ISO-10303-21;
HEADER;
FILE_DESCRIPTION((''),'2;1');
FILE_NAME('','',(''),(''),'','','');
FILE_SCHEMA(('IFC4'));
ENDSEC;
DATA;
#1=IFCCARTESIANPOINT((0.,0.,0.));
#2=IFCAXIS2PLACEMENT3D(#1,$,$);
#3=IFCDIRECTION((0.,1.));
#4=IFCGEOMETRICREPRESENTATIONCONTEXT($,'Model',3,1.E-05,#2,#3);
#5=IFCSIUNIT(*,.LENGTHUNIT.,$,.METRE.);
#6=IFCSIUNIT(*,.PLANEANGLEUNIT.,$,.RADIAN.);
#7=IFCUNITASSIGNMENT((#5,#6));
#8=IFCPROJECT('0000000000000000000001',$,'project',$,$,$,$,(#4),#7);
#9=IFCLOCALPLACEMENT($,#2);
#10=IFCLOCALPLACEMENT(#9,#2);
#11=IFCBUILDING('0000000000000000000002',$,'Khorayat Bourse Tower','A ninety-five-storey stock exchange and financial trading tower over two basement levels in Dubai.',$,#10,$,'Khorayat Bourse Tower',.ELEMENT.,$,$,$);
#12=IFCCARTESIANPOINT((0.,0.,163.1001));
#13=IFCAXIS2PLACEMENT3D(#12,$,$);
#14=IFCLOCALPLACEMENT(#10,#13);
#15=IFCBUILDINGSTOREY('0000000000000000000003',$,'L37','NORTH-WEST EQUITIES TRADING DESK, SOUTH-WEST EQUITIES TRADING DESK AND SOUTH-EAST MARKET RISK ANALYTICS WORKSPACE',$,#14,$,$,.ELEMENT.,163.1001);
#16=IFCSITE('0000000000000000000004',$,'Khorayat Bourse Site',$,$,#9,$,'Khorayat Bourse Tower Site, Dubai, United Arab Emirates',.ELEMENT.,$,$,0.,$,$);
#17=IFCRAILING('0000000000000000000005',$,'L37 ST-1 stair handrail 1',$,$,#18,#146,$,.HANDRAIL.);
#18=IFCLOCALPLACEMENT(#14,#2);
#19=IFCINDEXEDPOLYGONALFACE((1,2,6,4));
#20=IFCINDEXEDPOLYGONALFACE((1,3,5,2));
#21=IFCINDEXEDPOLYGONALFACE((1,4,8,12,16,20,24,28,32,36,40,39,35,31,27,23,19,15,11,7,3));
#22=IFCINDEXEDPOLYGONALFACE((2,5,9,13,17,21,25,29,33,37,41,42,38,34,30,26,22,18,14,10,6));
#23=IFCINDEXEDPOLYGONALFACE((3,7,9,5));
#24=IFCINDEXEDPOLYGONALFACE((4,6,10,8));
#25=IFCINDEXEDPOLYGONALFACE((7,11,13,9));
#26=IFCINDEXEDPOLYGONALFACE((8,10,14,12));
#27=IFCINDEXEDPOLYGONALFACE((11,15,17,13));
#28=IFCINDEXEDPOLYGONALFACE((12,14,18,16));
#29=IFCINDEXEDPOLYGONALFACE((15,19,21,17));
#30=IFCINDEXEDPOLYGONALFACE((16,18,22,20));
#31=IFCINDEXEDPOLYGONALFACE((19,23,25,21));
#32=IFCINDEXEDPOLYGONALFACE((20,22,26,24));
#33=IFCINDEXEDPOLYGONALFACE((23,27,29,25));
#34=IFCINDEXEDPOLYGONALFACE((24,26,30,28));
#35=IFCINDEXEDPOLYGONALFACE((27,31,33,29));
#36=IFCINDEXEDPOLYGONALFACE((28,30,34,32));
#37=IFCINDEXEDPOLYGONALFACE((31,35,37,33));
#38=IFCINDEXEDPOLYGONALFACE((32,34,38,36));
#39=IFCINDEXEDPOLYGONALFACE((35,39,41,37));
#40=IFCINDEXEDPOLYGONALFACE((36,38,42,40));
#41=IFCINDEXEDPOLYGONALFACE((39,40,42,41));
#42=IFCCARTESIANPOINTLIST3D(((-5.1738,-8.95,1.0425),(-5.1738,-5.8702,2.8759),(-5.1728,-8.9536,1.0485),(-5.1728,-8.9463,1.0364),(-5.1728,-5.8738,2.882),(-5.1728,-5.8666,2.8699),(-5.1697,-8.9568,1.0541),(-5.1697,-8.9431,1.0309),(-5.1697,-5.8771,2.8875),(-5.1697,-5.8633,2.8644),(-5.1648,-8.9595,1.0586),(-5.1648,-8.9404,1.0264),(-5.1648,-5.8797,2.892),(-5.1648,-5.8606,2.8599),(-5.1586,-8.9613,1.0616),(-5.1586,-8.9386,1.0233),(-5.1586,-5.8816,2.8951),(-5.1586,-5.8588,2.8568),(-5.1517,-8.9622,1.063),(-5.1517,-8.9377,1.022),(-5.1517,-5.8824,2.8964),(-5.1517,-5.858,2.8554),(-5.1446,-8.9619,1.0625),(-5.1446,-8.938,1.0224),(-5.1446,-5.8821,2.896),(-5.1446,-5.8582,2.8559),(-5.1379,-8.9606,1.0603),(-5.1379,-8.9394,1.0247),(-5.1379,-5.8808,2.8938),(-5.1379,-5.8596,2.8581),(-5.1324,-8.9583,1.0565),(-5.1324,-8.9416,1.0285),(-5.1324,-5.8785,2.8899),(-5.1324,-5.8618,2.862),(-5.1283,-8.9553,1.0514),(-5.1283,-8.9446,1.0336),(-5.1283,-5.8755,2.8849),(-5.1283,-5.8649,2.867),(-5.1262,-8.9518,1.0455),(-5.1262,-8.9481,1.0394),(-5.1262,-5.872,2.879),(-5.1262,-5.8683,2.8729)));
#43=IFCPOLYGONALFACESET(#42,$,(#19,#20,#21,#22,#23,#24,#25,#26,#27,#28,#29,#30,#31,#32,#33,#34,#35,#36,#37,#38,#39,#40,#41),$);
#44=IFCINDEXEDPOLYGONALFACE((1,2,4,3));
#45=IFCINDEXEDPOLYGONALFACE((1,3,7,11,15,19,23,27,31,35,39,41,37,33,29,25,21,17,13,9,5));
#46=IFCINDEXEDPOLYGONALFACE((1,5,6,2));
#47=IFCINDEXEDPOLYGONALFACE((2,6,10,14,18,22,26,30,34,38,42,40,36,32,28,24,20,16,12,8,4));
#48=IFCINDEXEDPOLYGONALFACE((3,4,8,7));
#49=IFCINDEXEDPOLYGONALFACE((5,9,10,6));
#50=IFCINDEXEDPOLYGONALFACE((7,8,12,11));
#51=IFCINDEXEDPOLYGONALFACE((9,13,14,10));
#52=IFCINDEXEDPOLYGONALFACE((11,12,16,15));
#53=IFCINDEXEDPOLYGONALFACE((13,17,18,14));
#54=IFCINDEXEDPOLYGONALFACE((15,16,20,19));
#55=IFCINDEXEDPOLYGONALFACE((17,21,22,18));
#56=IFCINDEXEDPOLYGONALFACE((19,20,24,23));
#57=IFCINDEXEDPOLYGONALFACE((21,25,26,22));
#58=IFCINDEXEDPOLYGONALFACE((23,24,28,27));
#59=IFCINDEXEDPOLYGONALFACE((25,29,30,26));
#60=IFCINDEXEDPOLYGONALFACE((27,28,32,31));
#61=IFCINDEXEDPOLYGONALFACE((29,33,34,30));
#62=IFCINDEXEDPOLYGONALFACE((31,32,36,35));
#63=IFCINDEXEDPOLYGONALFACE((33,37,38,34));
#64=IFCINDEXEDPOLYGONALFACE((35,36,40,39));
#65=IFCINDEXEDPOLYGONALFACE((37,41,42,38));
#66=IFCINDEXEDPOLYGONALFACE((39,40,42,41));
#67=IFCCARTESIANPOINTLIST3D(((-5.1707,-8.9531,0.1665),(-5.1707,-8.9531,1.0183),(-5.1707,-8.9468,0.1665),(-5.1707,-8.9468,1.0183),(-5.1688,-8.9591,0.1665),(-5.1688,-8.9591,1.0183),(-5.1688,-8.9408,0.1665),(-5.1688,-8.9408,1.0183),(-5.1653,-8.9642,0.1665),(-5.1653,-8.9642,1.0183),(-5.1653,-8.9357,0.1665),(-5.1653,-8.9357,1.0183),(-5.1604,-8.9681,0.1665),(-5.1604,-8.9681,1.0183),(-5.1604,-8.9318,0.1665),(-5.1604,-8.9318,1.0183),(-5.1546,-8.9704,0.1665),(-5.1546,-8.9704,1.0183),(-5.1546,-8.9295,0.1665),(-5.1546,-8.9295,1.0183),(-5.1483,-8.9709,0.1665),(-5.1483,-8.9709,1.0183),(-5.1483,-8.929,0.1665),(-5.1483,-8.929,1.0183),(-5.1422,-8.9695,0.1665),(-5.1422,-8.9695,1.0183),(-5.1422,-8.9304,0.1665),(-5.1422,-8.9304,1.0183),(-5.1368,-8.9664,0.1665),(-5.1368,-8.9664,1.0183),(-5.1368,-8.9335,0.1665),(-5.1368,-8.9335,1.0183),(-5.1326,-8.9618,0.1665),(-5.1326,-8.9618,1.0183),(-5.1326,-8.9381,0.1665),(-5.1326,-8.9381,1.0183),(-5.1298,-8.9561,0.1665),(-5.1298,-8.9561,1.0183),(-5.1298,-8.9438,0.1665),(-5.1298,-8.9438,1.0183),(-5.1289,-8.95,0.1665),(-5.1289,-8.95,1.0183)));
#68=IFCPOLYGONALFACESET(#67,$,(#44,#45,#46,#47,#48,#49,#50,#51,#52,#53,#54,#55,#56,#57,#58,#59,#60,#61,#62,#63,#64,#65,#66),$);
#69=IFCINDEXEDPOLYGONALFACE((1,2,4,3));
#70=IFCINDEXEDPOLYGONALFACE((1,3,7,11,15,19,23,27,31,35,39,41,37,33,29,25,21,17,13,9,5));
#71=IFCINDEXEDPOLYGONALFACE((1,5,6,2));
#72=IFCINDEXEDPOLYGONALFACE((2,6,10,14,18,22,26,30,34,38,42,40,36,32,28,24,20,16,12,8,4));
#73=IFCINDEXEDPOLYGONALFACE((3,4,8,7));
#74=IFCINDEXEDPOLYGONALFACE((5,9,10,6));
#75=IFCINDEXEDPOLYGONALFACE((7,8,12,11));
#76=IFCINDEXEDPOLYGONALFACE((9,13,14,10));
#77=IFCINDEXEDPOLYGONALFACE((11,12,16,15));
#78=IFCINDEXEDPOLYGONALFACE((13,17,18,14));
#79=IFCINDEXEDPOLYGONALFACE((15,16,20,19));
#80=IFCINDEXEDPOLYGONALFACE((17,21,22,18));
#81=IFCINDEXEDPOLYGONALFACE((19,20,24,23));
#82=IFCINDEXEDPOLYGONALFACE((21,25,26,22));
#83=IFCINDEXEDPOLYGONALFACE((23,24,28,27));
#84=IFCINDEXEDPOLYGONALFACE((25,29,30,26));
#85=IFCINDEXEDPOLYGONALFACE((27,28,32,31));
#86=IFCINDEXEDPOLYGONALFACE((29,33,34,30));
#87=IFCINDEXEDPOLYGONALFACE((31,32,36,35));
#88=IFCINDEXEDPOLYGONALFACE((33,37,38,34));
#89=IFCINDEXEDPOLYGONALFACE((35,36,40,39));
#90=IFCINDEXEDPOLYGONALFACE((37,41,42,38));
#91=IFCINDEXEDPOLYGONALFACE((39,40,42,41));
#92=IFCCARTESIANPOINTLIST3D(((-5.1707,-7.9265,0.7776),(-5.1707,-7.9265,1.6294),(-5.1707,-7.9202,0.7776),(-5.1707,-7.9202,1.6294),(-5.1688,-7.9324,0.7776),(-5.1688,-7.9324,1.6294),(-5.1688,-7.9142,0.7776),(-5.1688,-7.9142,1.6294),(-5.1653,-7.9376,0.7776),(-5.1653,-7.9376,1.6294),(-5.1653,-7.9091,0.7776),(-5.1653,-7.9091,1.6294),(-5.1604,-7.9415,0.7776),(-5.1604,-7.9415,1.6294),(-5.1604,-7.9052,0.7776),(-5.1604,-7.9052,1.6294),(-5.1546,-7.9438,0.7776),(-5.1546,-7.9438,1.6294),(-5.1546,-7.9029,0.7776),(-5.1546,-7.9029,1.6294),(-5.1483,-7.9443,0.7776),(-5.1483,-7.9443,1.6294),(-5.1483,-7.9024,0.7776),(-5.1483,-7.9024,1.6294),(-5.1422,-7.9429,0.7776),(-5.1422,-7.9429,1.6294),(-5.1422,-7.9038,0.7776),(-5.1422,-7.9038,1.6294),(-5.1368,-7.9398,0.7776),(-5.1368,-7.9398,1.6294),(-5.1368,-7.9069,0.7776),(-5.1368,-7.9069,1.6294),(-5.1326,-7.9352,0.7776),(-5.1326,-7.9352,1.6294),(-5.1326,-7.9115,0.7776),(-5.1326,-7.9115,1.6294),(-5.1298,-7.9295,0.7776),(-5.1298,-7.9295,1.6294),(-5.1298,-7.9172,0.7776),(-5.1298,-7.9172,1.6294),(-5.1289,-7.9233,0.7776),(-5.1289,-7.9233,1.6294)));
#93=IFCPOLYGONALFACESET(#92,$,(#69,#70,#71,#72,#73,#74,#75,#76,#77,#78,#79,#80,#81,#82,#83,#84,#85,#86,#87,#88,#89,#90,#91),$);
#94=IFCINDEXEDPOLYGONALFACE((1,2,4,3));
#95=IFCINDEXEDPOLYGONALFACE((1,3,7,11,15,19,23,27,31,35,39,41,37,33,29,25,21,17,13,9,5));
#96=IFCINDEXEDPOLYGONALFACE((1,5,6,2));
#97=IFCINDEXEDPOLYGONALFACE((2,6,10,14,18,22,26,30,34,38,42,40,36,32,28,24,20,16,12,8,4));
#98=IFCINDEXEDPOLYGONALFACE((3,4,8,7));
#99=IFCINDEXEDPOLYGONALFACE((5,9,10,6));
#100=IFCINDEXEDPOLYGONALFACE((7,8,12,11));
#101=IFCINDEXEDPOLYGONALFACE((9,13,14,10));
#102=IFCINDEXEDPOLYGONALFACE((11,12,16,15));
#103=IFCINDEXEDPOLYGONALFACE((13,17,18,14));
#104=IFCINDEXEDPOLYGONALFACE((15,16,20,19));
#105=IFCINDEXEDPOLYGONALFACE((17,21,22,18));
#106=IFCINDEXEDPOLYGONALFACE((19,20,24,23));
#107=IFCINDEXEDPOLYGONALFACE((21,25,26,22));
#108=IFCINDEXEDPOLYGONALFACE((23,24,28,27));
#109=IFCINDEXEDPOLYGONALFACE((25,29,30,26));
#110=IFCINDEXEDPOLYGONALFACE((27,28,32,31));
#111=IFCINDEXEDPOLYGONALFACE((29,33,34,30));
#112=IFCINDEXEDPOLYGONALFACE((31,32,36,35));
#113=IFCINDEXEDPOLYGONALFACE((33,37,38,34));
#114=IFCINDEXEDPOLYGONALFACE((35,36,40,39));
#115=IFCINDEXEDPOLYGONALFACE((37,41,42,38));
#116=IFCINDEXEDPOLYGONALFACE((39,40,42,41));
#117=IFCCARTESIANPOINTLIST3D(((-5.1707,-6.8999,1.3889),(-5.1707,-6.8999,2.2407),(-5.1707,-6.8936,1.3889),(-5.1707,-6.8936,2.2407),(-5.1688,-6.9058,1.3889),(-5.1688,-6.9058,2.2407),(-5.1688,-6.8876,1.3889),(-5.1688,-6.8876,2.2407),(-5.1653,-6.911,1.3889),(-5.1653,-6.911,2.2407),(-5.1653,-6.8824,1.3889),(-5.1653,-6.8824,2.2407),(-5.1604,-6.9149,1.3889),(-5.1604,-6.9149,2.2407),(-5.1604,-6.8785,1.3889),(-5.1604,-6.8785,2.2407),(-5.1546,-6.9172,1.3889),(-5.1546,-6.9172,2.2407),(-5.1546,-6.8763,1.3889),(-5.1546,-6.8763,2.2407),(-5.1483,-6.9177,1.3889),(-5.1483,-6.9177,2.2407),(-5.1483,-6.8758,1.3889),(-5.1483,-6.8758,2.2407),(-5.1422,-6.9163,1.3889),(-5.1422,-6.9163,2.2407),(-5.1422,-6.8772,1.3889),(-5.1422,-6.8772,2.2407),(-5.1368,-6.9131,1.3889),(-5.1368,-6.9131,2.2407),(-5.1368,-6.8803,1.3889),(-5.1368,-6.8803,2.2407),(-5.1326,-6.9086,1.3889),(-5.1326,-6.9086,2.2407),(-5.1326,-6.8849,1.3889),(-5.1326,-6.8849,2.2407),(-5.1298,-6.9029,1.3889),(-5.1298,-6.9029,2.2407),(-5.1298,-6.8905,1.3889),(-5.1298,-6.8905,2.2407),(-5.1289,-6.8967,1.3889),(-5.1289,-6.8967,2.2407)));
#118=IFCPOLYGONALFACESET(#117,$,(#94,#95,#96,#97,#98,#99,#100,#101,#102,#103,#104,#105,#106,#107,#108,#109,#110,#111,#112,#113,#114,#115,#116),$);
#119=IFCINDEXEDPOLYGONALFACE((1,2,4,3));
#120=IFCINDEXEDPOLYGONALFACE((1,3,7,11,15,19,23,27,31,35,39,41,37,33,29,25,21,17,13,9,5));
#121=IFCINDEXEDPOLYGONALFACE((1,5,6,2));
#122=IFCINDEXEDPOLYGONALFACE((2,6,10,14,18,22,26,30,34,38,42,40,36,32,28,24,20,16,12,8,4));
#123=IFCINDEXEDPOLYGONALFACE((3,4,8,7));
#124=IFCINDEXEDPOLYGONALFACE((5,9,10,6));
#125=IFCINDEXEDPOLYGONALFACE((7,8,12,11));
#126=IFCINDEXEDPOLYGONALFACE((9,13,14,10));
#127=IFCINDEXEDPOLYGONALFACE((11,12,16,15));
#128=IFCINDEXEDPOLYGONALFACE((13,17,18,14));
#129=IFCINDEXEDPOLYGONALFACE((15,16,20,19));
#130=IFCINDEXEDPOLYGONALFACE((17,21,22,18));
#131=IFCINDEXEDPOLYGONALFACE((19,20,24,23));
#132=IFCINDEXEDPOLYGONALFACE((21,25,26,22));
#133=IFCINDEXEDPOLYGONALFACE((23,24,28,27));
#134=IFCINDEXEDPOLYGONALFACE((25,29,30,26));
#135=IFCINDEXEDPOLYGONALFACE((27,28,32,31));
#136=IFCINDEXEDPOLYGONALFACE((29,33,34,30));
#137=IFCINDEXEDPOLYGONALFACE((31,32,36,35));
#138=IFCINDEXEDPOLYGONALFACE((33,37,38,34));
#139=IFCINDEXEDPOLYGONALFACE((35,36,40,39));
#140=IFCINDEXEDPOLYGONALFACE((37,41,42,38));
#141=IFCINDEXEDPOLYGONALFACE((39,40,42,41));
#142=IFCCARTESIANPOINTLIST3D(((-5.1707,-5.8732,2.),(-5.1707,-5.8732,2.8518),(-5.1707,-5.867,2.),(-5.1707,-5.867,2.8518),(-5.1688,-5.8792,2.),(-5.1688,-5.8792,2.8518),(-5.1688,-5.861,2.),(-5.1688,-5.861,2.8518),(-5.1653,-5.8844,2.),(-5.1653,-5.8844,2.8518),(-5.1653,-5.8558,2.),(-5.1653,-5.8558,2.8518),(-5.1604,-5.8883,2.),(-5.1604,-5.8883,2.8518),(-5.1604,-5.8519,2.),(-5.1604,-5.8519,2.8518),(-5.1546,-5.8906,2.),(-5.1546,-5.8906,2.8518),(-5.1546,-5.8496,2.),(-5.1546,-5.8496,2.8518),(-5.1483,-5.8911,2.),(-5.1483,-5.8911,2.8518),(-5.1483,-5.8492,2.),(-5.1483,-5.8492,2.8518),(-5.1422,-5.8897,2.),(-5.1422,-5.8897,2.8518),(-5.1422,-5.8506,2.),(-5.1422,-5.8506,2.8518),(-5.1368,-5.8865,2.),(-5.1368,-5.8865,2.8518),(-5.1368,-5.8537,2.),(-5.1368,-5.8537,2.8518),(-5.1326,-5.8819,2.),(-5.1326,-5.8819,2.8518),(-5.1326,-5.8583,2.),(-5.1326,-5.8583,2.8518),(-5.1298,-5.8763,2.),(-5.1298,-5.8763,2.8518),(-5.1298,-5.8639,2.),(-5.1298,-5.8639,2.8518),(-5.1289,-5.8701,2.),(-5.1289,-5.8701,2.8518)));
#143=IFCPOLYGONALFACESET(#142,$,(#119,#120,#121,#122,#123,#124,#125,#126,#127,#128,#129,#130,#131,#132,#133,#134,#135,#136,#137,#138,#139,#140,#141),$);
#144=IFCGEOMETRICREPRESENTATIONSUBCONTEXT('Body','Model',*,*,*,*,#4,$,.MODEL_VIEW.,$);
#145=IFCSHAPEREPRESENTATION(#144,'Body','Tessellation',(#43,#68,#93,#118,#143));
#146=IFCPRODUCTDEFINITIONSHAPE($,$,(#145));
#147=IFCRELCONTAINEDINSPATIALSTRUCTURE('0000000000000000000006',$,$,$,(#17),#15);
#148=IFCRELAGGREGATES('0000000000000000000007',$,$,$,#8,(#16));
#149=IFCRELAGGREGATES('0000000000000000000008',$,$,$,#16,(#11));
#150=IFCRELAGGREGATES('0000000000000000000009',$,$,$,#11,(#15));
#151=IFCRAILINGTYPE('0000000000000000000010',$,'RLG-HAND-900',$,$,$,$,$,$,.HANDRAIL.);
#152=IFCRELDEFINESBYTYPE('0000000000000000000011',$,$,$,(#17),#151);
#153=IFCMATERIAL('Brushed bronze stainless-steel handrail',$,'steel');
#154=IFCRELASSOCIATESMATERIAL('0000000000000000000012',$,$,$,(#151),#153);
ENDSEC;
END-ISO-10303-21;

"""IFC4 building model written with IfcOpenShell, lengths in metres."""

from ifc_helpers import new_model, si_unit, direction, frame, origin, origin_2d, place, context, subcontext, project, spatial, circle, extrude, source, transform, mapped, material, type_object, element, save


model = new_model("IFC4")

# Units and contexts
model_context = context("Model", 3, precision=1e-05, world=origin(), true_north=direction((0.0, 1.0)))
body_context = subcontext(model_context, "Body", "Model", "MODEL_VIEW")
ifc_project = project(units=[si_unit("LENGTHUNIT", "METRE"), si_unit("PLANEANGLEUNIT", "RADIAN")], contexts=[model_context])

# Site, building, storey
site_placement = place(None, origin())
site = spatial("IfcSite", under=ifc_project, at=site_placement, Name="Khorayat Bourse Site", LongName="Khorayat Bourse Tower Site, Dubai, United Arab Emirates", CompositionType="ELEMENT", RefElevation=0.0)
building_placement = place(site_placement, origin())
building = spatial("IfcBuilding", under=site, at=building_placement, Name="Khorayat Bourse Tower", Description="A ninety-five-storey stock exchange and financial trading tower over two basement levels in Dubai.", LongName="Khorayat Bourse Tower", CompositionType="ELEMENT")
storey_placement = place(building_placement, frame((0.0, 0.0, 163.1001)))
storey = spatial("IfcBuildingStorey", under=building, at=storey_placement, Name="L37", Description="NORTH-WEST EQUITIES TRADING DESK, SOUTH-WEST EQUITIES TRADING DESK AND SOUTH-EAST MARKET RISK ANALYTICS WORKSPACE", CompositionType="ELEMENT", Elevation=163.1001)

# Railing
ifc_material_1 = material(Name="Brushed bronze stainless-steel handrail", Category="steel")
railing_type_1 = type_object("IfcRailingType", Name="RLG-HAND-900", PredefinedType="HANDRAIL", material=ifc_material_1)
shared_shape_1 = source(origin(), body_context, "Body", "SweptSolid", [
    extrude(circle(Radius=0.0239, at=origin_2d()), frame((0.0, 0.0, 0.876), z_axis=(0.0, 0.859261, 0.511538), x_axis=(-1.0, 0.0, 0.0)), (0.0, 0.0, 1.0), 3.5842),
    extrude(circle(Radius=0.021, at=origin_2d()), origin(), (0.0, 0.0, 1.0), 0.8518),
    extrude(circle(Radius=0.021, at=origin_2d()), frame((0.0, 1.0266, 0.6111)), (0.0, 0.0, 1.0), 0.8518),
    extrude(circle(Radius=0.021, at=origin_2d()), frame((0.0, 2.0532, 1.2224)), (0.0, 0.0, 1.0), 0.8518),
    extrude(circle(Radius=0.021, at=origin_2d()), frame((0.0, 3.0798, 1.8335)), (0.0, 0.0, 1.0), 0.8518),
])
railing_1_placement = place(storey_placement, frame((-5.1499, -8.95, 0.1665)))
element("IfcRailing", 1, at=railing_1_placement, inside=storey, type_object=railing_type_1, Name="L37 ST-1 stair handrail 1", PredefinedType="HANDRAIL", context=body_context, shape_type="MappedRepresentation", body=[
    mapped(shared_shape_1, transform((0.0, 0.0, 0.0), scale=1.0)),
])

save(model, "model.ifc")
